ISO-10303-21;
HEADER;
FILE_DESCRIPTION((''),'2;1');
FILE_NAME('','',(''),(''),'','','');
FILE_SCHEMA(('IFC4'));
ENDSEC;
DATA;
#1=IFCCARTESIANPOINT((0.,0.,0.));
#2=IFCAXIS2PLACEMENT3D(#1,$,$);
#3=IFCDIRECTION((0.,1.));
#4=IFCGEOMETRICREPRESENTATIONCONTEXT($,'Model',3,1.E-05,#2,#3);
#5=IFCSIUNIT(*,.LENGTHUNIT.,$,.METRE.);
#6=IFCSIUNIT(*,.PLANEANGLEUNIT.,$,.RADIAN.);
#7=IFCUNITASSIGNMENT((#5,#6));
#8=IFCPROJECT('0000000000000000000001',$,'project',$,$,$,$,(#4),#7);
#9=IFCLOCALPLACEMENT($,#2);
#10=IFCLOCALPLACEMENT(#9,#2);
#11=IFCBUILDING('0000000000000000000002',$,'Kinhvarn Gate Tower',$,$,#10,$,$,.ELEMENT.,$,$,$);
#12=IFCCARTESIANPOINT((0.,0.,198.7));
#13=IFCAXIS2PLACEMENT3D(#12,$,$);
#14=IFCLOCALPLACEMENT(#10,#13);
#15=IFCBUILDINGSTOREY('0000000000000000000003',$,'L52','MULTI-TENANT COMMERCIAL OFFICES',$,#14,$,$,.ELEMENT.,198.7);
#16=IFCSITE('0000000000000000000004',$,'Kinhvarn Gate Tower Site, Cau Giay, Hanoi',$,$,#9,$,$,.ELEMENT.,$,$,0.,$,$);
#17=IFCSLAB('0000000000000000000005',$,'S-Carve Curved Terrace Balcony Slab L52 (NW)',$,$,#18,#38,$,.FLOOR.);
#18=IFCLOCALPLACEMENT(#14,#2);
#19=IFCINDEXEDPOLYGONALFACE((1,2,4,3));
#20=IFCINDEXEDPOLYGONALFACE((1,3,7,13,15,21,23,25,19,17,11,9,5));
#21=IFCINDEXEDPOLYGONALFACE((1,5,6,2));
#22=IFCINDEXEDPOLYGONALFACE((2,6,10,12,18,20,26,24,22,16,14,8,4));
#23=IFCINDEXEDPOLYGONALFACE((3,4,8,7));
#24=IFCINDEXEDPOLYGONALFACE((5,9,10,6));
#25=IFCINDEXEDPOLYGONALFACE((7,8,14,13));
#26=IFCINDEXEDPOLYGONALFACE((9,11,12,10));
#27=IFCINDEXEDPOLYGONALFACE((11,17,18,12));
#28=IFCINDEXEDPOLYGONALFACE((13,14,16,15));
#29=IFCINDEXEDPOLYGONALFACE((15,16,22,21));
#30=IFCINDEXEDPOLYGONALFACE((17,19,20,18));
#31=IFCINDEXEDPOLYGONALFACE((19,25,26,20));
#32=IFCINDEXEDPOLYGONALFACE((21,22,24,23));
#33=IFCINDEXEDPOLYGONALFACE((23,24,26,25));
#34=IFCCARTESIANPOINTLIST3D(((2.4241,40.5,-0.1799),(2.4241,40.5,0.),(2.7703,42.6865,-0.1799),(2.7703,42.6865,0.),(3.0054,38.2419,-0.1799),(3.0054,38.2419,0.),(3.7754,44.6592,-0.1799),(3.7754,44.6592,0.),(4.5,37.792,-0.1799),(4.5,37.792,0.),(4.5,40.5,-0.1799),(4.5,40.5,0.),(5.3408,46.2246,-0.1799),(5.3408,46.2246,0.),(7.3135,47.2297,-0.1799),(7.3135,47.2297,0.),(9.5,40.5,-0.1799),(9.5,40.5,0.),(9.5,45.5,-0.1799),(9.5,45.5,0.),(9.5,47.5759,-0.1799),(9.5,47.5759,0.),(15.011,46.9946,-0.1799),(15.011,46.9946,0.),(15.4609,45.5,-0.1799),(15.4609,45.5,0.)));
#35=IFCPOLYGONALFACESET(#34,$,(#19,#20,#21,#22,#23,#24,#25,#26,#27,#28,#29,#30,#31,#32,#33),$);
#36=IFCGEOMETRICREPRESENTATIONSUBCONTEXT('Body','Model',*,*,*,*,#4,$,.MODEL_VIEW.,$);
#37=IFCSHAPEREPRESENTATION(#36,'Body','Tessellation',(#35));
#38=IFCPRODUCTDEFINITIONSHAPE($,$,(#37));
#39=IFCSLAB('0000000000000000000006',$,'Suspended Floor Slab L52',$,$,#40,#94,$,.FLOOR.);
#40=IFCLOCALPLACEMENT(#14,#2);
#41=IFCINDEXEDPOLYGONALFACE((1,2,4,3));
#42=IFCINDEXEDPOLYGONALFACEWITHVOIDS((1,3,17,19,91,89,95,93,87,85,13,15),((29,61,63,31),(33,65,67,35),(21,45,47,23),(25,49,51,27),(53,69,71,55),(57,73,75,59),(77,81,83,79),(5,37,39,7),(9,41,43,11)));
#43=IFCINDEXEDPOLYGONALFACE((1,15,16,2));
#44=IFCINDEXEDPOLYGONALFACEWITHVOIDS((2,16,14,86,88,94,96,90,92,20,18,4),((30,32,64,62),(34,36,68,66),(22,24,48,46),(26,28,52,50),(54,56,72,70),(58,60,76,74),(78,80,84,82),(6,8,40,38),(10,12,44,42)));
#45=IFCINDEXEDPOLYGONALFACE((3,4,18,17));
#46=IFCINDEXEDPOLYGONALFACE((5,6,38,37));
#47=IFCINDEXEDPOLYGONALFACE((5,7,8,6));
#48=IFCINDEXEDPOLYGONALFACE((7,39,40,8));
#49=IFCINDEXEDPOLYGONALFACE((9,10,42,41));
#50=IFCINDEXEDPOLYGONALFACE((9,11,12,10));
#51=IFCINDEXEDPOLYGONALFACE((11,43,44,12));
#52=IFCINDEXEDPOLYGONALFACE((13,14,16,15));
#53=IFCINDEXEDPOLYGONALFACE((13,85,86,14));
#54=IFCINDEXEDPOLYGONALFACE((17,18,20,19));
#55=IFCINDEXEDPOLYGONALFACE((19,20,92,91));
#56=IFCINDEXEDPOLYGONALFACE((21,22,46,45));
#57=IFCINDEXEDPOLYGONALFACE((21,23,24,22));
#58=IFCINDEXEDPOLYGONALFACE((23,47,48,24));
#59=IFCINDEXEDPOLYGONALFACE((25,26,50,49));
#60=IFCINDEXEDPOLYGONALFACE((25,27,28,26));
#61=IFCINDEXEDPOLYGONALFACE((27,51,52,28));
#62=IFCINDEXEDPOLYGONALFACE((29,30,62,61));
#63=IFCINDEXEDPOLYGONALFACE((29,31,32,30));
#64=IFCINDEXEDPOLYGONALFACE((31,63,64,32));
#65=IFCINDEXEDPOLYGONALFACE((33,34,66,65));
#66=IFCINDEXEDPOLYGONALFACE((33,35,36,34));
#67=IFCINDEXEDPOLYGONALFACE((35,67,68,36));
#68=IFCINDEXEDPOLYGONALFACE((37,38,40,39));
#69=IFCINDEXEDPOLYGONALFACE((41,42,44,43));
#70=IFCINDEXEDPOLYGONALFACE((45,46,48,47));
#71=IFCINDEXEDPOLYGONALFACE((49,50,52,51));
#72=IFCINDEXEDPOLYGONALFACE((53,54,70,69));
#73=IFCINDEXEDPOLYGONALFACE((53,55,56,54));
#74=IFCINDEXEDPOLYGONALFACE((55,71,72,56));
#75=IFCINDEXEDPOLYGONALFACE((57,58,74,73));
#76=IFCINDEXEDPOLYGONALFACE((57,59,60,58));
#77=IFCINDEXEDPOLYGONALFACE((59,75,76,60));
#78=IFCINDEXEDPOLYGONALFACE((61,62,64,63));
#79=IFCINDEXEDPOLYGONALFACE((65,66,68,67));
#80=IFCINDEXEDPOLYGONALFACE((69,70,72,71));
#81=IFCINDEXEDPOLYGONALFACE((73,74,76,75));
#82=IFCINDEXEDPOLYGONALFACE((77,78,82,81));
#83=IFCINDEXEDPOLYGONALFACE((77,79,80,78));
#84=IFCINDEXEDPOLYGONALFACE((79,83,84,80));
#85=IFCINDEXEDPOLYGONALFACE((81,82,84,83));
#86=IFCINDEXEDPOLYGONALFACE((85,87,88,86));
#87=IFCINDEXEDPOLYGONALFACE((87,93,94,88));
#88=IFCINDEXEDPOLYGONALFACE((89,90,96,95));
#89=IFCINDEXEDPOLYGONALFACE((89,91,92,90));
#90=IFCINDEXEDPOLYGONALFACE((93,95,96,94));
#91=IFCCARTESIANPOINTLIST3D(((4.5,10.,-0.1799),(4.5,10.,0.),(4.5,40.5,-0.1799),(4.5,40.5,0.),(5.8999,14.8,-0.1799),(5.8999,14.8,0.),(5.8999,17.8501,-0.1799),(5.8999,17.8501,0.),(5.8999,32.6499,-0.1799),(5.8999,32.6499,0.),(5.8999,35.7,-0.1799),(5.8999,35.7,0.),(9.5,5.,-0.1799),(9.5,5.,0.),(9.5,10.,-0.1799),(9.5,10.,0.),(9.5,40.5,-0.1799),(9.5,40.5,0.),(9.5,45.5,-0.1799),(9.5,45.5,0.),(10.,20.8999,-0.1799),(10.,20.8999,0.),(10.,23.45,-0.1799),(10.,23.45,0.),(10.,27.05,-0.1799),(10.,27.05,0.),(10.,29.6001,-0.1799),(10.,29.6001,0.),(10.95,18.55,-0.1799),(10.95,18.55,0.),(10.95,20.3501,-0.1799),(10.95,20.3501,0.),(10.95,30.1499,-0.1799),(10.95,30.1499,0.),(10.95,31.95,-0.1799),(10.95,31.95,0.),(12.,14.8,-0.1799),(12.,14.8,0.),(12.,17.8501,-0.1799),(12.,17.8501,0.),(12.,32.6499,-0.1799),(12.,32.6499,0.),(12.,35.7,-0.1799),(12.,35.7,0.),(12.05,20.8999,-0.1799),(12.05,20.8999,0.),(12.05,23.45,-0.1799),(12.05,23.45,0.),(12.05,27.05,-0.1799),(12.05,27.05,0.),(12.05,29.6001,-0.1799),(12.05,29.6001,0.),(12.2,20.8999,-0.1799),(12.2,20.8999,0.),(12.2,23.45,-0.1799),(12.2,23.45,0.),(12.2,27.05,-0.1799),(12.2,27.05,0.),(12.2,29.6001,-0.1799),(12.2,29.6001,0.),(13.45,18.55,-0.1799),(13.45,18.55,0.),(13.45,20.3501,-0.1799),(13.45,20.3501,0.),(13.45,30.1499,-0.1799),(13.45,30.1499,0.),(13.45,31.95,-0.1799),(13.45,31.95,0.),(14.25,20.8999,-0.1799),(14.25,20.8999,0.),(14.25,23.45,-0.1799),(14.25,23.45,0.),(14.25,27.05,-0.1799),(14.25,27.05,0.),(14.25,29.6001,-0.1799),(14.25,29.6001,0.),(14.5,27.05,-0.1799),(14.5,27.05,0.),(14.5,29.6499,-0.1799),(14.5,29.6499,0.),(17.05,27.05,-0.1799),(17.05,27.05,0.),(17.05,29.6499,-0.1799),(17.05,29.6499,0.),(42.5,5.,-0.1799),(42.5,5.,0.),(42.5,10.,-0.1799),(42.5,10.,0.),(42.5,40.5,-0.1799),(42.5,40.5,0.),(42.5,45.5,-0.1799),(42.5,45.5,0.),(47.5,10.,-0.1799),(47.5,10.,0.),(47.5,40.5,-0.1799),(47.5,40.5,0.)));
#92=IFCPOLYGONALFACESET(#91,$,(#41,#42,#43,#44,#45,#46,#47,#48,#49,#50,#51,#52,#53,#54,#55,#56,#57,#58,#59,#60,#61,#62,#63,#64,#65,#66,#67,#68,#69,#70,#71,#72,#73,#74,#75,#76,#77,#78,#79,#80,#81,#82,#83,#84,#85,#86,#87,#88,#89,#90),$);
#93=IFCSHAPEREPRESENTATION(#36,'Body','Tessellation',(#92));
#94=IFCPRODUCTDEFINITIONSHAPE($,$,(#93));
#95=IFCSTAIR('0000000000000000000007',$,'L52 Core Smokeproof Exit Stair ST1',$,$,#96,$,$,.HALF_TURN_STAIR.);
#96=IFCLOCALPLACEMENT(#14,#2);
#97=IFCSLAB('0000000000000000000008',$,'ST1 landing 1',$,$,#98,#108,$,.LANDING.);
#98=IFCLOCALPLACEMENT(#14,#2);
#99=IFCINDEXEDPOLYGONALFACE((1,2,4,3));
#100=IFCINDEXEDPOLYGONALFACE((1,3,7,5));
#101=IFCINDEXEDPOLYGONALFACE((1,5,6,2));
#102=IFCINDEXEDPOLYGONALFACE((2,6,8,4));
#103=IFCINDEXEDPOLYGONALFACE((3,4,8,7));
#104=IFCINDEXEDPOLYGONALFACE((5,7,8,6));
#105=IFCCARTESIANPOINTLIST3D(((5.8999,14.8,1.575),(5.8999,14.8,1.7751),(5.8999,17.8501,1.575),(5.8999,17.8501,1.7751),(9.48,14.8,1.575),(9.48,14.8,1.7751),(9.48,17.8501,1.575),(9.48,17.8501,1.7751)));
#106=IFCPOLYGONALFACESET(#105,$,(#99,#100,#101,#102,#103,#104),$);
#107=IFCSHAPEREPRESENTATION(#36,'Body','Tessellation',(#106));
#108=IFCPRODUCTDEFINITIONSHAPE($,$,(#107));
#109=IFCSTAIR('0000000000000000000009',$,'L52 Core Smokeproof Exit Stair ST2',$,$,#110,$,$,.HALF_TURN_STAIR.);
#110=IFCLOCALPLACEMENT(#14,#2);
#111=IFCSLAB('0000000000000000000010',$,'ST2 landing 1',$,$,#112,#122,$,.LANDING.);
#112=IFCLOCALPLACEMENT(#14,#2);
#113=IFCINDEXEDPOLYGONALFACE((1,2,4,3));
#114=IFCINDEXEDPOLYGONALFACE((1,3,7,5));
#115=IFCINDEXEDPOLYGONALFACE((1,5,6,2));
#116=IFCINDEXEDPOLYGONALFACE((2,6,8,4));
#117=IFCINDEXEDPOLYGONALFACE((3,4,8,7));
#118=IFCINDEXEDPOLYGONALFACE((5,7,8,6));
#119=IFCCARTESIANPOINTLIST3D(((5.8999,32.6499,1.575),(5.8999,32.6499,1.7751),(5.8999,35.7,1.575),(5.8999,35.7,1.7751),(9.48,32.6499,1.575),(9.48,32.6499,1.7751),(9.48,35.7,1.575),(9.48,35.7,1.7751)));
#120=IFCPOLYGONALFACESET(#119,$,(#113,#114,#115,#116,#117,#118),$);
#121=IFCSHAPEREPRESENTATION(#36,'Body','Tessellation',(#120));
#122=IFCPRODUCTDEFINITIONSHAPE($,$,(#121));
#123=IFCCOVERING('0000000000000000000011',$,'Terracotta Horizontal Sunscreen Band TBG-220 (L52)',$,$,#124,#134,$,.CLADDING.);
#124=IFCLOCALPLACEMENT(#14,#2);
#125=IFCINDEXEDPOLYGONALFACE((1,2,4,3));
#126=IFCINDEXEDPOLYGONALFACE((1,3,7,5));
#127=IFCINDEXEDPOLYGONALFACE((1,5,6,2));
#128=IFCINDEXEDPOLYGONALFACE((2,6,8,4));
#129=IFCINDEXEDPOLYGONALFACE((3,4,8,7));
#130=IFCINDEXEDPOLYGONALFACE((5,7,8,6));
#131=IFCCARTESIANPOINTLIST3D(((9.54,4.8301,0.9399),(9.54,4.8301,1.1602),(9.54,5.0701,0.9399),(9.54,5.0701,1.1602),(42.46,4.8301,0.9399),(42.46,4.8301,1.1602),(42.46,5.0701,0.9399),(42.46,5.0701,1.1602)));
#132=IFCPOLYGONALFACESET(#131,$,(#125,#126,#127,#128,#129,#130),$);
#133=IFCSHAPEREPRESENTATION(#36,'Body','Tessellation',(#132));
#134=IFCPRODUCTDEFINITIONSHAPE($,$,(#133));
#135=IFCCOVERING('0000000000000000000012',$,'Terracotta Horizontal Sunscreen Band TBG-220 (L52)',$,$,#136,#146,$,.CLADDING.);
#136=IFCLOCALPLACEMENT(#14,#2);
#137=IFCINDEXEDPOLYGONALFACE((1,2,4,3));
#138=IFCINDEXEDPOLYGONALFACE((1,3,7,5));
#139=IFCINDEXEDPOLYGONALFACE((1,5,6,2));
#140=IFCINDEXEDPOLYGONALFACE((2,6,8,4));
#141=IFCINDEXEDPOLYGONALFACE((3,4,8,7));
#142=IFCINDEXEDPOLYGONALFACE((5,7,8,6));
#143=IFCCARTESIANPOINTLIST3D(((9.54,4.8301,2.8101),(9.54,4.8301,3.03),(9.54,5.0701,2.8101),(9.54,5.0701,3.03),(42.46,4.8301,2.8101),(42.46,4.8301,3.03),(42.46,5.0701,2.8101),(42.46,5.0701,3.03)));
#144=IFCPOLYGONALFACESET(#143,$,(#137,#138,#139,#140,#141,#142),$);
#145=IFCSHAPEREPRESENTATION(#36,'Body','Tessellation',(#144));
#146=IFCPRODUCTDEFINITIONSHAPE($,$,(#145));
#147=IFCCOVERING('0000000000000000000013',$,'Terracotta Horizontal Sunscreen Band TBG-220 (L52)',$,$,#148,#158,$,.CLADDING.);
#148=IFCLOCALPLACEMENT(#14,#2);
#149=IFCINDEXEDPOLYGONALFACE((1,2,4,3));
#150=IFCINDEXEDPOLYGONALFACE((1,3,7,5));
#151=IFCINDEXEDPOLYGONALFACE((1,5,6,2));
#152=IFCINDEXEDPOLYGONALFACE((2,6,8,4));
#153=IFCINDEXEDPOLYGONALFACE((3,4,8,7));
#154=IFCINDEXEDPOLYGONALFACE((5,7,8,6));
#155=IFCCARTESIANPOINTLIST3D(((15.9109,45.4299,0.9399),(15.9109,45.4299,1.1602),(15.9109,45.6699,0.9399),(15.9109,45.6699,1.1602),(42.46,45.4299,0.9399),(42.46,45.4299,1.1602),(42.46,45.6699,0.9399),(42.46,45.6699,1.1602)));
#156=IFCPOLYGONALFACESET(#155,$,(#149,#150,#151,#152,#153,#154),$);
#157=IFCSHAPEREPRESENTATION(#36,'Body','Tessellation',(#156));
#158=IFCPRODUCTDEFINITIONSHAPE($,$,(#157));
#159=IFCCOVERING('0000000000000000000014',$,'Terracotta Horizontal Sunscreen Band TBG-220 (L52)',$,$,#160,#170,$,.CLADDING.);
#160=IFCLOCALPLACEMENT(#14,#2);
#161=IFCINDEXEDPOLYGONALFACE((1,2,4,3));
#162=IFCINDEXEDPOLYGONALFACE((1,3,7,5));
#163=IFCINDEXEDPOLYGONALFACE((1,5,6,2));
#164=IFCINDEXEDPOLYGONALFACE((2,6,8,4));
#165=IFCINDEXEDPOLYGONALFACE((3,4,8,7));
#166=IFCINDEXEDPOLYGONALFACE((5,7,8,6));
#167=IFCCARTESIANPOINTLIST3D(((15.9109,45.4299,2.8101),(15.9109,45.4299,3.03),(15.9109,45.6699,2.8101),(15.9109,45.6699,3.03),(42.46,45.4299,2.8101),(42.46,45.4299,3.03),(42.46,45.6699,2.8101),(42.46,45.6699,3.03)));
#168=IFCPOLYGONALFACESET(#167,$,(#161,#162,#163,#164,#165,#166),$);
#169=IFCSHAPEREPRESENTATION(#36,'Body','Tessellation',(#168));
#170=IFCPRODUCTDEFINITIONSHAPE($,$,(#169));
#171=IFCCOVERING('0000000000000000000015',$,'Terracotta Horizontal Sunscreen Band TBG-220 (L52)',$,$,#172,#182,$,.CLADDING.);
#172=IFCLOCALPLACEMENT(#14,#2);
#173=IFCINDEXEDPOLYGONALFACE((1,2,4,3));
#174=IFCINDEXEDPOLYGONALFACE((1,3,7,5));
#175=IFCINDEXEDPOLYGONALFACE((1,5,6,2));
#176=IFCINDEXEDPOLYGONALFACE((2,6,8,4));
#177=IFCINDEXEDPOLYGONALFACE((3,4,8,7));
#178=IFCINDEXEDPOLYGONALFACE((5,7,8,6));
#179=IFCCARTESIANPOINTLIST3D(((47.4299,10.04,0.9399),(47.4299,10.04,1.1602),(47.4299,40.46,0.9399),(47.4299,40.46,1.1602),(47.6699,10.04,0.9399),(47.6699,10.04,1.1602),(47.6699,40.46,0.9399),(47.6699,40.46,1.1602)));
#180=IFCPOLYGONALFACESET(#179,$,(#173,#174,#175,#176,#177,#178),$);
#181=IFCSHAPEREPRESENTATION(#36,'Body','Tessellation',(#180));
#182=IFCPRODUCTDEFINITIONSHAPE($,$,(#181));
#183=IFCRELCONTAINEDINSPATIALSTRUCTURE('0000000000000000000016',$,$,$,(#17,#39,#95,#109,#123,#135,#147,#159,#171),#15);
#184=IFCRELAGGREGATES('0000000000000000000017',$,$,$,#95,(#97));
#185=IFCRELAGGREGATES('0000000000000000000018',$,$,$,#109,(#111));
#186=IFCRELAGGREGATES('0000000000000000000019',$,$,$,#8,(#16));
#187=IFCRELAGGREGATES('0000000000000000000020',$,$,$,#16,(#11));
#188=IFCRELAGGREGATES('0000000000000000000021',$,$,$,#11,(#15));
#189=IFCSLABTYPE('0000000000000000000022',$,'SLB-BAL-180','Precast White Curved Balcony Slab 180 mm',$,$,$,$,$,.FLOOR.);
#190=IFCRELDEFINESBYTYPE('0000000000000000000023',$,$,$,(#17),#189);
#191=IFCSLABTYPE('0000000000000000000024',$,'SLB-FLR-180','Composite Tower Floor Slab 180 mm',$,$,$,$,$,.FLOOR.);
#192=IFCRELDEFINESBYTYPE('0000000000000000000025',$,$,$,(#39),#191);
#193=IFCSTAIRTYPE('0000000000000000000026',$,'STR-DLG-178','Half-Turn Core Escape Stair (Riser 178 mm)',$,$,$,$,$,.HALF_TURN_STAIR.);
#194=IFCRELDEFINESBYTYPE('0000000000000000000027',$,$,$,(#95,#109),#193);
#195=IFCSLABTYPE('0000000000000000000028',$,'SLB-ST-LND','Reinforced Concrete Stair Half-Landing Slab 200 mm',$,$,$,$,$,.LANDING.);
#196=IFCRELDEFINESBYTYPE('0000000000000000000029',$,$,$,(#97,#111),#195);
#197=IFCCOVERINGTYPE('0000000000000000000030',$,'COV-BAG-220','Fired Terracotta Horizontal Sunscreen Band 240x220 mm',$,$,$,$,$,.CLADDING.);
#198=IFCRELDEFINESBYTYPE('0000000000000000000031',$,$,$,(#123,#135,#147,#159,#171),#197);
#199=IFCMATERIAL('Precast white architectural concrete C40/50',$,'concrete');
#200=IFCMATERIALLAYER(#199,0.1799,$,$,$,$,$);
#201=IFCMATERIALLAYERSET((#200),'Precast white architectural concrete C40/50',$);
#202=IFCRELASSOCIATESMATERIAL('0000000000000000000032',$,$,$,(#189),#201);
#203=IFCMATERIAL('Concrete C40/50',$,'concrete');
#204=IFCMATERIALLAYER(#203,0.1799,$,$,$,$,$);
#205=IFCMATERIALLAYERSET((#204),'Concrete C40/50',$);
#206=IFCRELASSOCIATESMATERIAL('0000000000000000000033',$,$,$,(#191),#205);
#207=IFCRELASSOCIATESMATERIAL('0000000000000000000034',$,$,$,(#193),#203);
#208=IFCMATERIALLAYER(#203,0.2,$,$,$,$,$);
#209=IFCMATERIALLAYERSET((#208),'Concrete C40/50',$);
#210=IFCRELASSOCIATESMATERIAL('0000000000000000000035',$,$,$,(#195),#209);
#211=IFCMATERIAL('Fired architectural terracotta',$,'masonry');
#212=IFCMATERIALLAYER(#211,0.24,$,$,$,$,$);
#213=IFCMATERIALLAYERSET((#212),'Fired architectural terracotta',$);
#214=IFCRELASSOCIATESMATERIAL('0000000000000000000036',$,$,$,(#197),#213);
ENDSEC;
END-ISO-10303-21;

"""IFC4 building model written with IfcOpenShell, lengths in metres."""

from ifc_helpers import new_model, si_unit, direction, frame, origin, place, context, subcontext, project, spatial, polyline, outline, extrude, material, layer, layer_set, type_object, element, aggregate, save


model = new_model("IFC4")

# Units and contexts
model_context = context("Model", 3, precision=1e-05, world=origin(), true_north=direction((0.0, 1.0)))
body_context = subcontext(model_context, "Body", "Model", "MODEL_VIEW")
ifc_project = project(units=[si_unit("LENGTHUNIT", "METRE"), si_unit("PLANEANGLEUNIT", "RADIAN")], contexts=[model_context])

# Site, building, storey
site_placement = place(None, origin())
site = spatial("IfcSite", under=ifc_project, at=site_placement, Name="Kinhvarn Gate Tower Site, Cau Giay, Hanoi", CompositionType="ELEMENT", RefElevation=0.0)
building_placement = place(site_placement, origin())
building = spatial("IfcBuilding", under=site, at=building_placement, Name="Kinhvarn Gate Tower", CompositionType="ELEMENT")
storey_placement = place(building_placement, frame((0.0, 0.0, 198.7)))
storey = spatial("IfcBuildingStorey", under=building, at=storey_placement, Name="L52", Description="MULTI-TENANT COMMERCIAL OFFICES", CompositionType="ELEMENT", Elevation=198.7)

# Slabs
ifc_material_1 = material(Name="Precast white architectural concrete C40/50", Category="concrete")
ifc_layer_1 = layer(ifc_material_1, 0.1799)
ifc_layer_set_1 = layer_set([ifc_layer_1], Name="Precast white architectural concrete C40/50")
slab_type_1 = type_object("IfcSlabType", Name="SLB-BAL-180", Description="Precast White Curved Balcony Slab 180 mm", PredefinedType="FLOOR", material=ifc_layer_set_1)
slab_1_placement = place(storey_placement, frame((0.0, 0.0, -0.1799)))
element("IfcSlab", 1, at=slab_1_placement, inside=storey, type_object=slab_type_1, Name="S-Carve Curved Terrace Balcony Slab L52 (NW)", PredefinedType="FLOOR", context=body_context, shape_type="SweptSolid", body=[
    extrude(outline(polyline([(15.4609, 45.5), (15.011, 46.9946), (9.5, 47.5759), (7.3135, 47.2297), (5.3408, 46.2246), (3.7754, 44.6592), (2.7703, 42.6865), (2.4241, 40.5), (3.0054, 38.2419), (4.5, 37.792), (4.5, 40.5), (9.5, 40.5), (9.5, 45.5), (15.4609, 45.5)])), origin(), (0.0, 0.0, 1.0), 0.1799),
])
ifc_material_2 = material(Name="Concrete C40/50", Category="concrete")
ifc_layer_2 = layer(ifc_material_2, 0.1799)
ifc_layer_set_2 = layer_set([ifc_layer_2], Name="Concrete C40/50")
slab_type_2 = type_object("IfcSlabType", Name="SLB-FLR-180", Description="Composite Tower Floor Slab 180 mm", PredefinedType="FLOOR", material=ifc_layer_set_2)
slab_2_placement = place(storey_placement, frame((0.0, 0.0, -0.1799)))
element("IfcSlab", 2, at=slab_2_placement, inside=storey, type_object=slab_type_2, Name="Suspended Floor Slab L52", PredefinedType="FLOOR", context=body_context, shape_type="SweptSolid", body=[
    extrude(outline(polyline([(9.5, 5.0), (42.5, 5.0), (42.5, 10.0), (47.5, 10.0), (47.5, 40.5), (42.5, 40.5), (42.5, 45.5), (9.5, 45.5), (9.5, 40.5), (4.5, 40.5), (4.5, 10.0), (9.5, 10.0), (9.5, 5.0)]), holes=[polyline([(5.8999, 14.8), (12.0, 14.8), (12.0, 17.8501), (5.8999, 17.8501), (5.8999, 14.8)]), polyline([(5.8999, 32.6499), (12.0, 32.6499), (12.0, 35.7), (5.8999, 35.7), (5.8999, 32.6499)]), polyline([(10.0, 20.8999), (12.05, 20.8999), (12.05, 23.45), (10.0, 23.45), (10.0, 20.8999)]), polyline([(12.2, 20.8999), (14.25, 20.8999), (14.25, 23.45), (12.2, 23.45), (12.2, 20.8999)]), polyline([(10.0, 27.05), (12.05, 27.05), (12.05, 29.6001), (10.0, 29.6001), (10.0, 27.05)]), polyline([(12.2, 27.05), (14.25, 27.05), (14.25, 29.6001), (12.2, 29.6001), (12.2, 27.05)]), polyline([(14.5, 27.05), (17.05, 27.05), (17.05, 29.6499), (14.5, 29.6499), (14.5, 27.05)]), polyline([(10.95, 18.55), (13.45, 18.55), (13.45, 20.3501), (10.95, 20.3501), (10.95, 18.55)]), polyline([(10.95, 30.1499), (13.45, 30.1499), (13.45, 31.95), (10.95, 31.95), (10.95, 30.1499)])]), origin(), (0.0, 0.0, 1.0), 0.1799),
])

# Stairs, slabs
stair_type = type_object("IfcStairType", Name="STR-DLG-178", Description="Half-Turn Core Escape Stair (Riser 178 mm)", PredefinedType="HALF_TURN_STAIR", material=ifc_material_2)
stair_1_placement = place(storey_placement, origin())
stair_1 = element("IfcStair", 3, at=stair_1_placement, inside=storey, type_object=stair_type, Name="L52 Core Smokeproof Exit Stair ST1", PredefinedType="HALF_TURN_STAIR")
ifc_layer_3 = layer(ifc_material_2, 0.2)
ifc_layer_set_3 = layer_set([ifc_layer_3], Name="Concrete C40/50")
slab_type_3 = type_object("IfcSlabType", Name="SLB-ST-LND", Description="Reinforced Concrete Stair Half-Landing Slab 200 mm", PredefinedType="LANDING", material=ifc_layer_set_3)
slab_3_placement = place(storey_placement, frame((0.0, 0.0, 1.575)))
slab_3 = element("IfcSlab", 4, at=slab_3_placement, type_object=slab_type_3, Name="ST1 landing 1", PredefinedType="LANDING", context=body_context, shape_type="SweptSolid", body=[
    extrude(outline(polyline([(9.48, 17.8501), (5.8999, 17.8501), (5.8999, 14.8), (9.48, 14.8), (9.48, 17.8501)])), origin(), (0.0, 0.0, 1.0), 0.2002),
])
aggregate(stair_1, [slab_3])
stair_2_placement = place(storey_placement, origin())
stair_2 = element("IfcStair", 5, at=stair_2_placement, inside=storey, type_object=stair_type, Name="L52 Core Smokeproof Exit Stair ST2", PredefinedType="HALF_TURN_STAIR")
slab_4_placement = place(storey_placement, frame((0.0, 0.0, 1.575)))
slab_4 = element("IfcSlab", 6, at=slab_4_placement, type_object=slab_type_3, Name="ST2 landing 1", PredefinedType="LANDING", context=body_context, shape_type="SweptSolid", body=[
    extrude(outline(polyline([(9.48, 35.7), (5.8999, 35.7), (5.8999, 32.6499), (9.48, 32.6499), (9.48, 35.7)])), origin(), (0.0, 0.0, 1.0), 0.2002),
])
aggregate(stair_2, [slab_4])

# Coverings
ifc_material_3 = material(Name="Fired architectural terracotta", Category="masonry")
ifc_layer_4 = layer(ifc_material_3, 0.24)
ifc_layer_set_4 = layer_set([ifc_layer_4], Name="Fired architectural terracotta")
covering_type_1 = type_object("IfcCoveringType", Name="COV-BAG-220", Description="Fired Terracotta Horizontal Sunscreen Band 240x220 mm", PredefinedType="CLADDING", material=ifc_layer_set_4)
covering_1_placement = place(storey_placement, frame((0.0, 0.0, 0.9399)))
element("IfcCovering", 7, at=covering_1_placement, inside=storey, type_object=covering_type_1, Name="Terracotta Horizontal Sunscreen Band TBG-220 (L52)", PredefinedType="CLADDING", context=body_context, shape_type="SweptSolid", body=[
    extrude(outline(polyline([(9.54, 5.0701), (42.46, 5.0701), (42.46, 4.8301), (9.54, 4.8301), (9.54, 5.0701)])), origin(), (0.0, 0.0, 1.0), 0.2202),
])
covering_2_placement = place(storey_placement, frame((0.0, 0.0, 2.8101)))
element("IfcCovering", 8, at=covering_2_placement, inside=storey, type_object=covering_type_1, Name="Terracotta Horizontal Sunscreen Band TBG-220 (L52)", PredefinedType="CLADDING", context=body_context, shape_type="SweptSolid", body=[
    extrude(outline(polyline([(9.54, 5.0701), (42.46, 5.0701), (42.46, 4.8301), (9.54, 4.8301), (9.54, 5.0701)])), origin(), (0.0, 0.0, 1.0), 0.22),
])
covering_3_placement = place(storey_placement, frame((0.0, 0.0, 0.9399)))
element("IfcCovering", 9, at=covering_3_placement, inside=storey, type_object=covering_type_1, Name="Terracotta Horizontal Sunscreen Band TBG-220 (L52)", PredefinedType="CLADDING", context=body_context, shape_type="SweptSolid", body=[
    extrude(outline(polyline([(42.46, 45.4299), (15.9109, 45.4299), (15.9109, 45.6699), (42.46, 45.6699), (42.46, 45.4299)])), origin(), (0.0, 0.0, 1.0), 0.2202),
])
covering_4_placement = place(storey_placement, frame((0.0, 0.0, 2.8101)))
element("IfcCovering", 10, at=covering_4_placement, inside=storey, type_object=covering_type_1, Name="Terracotta Horizontal Sunscreen Band TBG-220 (L52)", PredefinedType="CLADDING", context=body_context, shape_type="SweptSolid", body=[
    extrude(outline(polyline([(42.46, 45.4299), (15.9109, 45.4299), (15.9109, 45.6699), (42.46, 45.6699), (42.46, 45.4299)])), origin(), (0.0, 0.0, 1.0), 0.22),
])
covering_5_placement = place(storey_placement, frame((0.0, 0.0, 0.9399)))
element("IfcCovering", 11, at=covering_5_placement, inside=storey, type_object=covering_type_1, Name="Terracotta Horizontal Sunscreen Band TBG-220 (L52)", PredefinedType="CLADDING", context=body_context, shape_type="SweptSolid", body=[
    extrude(outline(polyline([(47.4299, 10.04), (47.4299, 40.46), (47.6699, 40.46), (47.6699, 10.04), (47.4299, 10.04)])), origin(), (0.0, 0.0, 1.0), 0.2202),
])

save(model, "model.ifc")
